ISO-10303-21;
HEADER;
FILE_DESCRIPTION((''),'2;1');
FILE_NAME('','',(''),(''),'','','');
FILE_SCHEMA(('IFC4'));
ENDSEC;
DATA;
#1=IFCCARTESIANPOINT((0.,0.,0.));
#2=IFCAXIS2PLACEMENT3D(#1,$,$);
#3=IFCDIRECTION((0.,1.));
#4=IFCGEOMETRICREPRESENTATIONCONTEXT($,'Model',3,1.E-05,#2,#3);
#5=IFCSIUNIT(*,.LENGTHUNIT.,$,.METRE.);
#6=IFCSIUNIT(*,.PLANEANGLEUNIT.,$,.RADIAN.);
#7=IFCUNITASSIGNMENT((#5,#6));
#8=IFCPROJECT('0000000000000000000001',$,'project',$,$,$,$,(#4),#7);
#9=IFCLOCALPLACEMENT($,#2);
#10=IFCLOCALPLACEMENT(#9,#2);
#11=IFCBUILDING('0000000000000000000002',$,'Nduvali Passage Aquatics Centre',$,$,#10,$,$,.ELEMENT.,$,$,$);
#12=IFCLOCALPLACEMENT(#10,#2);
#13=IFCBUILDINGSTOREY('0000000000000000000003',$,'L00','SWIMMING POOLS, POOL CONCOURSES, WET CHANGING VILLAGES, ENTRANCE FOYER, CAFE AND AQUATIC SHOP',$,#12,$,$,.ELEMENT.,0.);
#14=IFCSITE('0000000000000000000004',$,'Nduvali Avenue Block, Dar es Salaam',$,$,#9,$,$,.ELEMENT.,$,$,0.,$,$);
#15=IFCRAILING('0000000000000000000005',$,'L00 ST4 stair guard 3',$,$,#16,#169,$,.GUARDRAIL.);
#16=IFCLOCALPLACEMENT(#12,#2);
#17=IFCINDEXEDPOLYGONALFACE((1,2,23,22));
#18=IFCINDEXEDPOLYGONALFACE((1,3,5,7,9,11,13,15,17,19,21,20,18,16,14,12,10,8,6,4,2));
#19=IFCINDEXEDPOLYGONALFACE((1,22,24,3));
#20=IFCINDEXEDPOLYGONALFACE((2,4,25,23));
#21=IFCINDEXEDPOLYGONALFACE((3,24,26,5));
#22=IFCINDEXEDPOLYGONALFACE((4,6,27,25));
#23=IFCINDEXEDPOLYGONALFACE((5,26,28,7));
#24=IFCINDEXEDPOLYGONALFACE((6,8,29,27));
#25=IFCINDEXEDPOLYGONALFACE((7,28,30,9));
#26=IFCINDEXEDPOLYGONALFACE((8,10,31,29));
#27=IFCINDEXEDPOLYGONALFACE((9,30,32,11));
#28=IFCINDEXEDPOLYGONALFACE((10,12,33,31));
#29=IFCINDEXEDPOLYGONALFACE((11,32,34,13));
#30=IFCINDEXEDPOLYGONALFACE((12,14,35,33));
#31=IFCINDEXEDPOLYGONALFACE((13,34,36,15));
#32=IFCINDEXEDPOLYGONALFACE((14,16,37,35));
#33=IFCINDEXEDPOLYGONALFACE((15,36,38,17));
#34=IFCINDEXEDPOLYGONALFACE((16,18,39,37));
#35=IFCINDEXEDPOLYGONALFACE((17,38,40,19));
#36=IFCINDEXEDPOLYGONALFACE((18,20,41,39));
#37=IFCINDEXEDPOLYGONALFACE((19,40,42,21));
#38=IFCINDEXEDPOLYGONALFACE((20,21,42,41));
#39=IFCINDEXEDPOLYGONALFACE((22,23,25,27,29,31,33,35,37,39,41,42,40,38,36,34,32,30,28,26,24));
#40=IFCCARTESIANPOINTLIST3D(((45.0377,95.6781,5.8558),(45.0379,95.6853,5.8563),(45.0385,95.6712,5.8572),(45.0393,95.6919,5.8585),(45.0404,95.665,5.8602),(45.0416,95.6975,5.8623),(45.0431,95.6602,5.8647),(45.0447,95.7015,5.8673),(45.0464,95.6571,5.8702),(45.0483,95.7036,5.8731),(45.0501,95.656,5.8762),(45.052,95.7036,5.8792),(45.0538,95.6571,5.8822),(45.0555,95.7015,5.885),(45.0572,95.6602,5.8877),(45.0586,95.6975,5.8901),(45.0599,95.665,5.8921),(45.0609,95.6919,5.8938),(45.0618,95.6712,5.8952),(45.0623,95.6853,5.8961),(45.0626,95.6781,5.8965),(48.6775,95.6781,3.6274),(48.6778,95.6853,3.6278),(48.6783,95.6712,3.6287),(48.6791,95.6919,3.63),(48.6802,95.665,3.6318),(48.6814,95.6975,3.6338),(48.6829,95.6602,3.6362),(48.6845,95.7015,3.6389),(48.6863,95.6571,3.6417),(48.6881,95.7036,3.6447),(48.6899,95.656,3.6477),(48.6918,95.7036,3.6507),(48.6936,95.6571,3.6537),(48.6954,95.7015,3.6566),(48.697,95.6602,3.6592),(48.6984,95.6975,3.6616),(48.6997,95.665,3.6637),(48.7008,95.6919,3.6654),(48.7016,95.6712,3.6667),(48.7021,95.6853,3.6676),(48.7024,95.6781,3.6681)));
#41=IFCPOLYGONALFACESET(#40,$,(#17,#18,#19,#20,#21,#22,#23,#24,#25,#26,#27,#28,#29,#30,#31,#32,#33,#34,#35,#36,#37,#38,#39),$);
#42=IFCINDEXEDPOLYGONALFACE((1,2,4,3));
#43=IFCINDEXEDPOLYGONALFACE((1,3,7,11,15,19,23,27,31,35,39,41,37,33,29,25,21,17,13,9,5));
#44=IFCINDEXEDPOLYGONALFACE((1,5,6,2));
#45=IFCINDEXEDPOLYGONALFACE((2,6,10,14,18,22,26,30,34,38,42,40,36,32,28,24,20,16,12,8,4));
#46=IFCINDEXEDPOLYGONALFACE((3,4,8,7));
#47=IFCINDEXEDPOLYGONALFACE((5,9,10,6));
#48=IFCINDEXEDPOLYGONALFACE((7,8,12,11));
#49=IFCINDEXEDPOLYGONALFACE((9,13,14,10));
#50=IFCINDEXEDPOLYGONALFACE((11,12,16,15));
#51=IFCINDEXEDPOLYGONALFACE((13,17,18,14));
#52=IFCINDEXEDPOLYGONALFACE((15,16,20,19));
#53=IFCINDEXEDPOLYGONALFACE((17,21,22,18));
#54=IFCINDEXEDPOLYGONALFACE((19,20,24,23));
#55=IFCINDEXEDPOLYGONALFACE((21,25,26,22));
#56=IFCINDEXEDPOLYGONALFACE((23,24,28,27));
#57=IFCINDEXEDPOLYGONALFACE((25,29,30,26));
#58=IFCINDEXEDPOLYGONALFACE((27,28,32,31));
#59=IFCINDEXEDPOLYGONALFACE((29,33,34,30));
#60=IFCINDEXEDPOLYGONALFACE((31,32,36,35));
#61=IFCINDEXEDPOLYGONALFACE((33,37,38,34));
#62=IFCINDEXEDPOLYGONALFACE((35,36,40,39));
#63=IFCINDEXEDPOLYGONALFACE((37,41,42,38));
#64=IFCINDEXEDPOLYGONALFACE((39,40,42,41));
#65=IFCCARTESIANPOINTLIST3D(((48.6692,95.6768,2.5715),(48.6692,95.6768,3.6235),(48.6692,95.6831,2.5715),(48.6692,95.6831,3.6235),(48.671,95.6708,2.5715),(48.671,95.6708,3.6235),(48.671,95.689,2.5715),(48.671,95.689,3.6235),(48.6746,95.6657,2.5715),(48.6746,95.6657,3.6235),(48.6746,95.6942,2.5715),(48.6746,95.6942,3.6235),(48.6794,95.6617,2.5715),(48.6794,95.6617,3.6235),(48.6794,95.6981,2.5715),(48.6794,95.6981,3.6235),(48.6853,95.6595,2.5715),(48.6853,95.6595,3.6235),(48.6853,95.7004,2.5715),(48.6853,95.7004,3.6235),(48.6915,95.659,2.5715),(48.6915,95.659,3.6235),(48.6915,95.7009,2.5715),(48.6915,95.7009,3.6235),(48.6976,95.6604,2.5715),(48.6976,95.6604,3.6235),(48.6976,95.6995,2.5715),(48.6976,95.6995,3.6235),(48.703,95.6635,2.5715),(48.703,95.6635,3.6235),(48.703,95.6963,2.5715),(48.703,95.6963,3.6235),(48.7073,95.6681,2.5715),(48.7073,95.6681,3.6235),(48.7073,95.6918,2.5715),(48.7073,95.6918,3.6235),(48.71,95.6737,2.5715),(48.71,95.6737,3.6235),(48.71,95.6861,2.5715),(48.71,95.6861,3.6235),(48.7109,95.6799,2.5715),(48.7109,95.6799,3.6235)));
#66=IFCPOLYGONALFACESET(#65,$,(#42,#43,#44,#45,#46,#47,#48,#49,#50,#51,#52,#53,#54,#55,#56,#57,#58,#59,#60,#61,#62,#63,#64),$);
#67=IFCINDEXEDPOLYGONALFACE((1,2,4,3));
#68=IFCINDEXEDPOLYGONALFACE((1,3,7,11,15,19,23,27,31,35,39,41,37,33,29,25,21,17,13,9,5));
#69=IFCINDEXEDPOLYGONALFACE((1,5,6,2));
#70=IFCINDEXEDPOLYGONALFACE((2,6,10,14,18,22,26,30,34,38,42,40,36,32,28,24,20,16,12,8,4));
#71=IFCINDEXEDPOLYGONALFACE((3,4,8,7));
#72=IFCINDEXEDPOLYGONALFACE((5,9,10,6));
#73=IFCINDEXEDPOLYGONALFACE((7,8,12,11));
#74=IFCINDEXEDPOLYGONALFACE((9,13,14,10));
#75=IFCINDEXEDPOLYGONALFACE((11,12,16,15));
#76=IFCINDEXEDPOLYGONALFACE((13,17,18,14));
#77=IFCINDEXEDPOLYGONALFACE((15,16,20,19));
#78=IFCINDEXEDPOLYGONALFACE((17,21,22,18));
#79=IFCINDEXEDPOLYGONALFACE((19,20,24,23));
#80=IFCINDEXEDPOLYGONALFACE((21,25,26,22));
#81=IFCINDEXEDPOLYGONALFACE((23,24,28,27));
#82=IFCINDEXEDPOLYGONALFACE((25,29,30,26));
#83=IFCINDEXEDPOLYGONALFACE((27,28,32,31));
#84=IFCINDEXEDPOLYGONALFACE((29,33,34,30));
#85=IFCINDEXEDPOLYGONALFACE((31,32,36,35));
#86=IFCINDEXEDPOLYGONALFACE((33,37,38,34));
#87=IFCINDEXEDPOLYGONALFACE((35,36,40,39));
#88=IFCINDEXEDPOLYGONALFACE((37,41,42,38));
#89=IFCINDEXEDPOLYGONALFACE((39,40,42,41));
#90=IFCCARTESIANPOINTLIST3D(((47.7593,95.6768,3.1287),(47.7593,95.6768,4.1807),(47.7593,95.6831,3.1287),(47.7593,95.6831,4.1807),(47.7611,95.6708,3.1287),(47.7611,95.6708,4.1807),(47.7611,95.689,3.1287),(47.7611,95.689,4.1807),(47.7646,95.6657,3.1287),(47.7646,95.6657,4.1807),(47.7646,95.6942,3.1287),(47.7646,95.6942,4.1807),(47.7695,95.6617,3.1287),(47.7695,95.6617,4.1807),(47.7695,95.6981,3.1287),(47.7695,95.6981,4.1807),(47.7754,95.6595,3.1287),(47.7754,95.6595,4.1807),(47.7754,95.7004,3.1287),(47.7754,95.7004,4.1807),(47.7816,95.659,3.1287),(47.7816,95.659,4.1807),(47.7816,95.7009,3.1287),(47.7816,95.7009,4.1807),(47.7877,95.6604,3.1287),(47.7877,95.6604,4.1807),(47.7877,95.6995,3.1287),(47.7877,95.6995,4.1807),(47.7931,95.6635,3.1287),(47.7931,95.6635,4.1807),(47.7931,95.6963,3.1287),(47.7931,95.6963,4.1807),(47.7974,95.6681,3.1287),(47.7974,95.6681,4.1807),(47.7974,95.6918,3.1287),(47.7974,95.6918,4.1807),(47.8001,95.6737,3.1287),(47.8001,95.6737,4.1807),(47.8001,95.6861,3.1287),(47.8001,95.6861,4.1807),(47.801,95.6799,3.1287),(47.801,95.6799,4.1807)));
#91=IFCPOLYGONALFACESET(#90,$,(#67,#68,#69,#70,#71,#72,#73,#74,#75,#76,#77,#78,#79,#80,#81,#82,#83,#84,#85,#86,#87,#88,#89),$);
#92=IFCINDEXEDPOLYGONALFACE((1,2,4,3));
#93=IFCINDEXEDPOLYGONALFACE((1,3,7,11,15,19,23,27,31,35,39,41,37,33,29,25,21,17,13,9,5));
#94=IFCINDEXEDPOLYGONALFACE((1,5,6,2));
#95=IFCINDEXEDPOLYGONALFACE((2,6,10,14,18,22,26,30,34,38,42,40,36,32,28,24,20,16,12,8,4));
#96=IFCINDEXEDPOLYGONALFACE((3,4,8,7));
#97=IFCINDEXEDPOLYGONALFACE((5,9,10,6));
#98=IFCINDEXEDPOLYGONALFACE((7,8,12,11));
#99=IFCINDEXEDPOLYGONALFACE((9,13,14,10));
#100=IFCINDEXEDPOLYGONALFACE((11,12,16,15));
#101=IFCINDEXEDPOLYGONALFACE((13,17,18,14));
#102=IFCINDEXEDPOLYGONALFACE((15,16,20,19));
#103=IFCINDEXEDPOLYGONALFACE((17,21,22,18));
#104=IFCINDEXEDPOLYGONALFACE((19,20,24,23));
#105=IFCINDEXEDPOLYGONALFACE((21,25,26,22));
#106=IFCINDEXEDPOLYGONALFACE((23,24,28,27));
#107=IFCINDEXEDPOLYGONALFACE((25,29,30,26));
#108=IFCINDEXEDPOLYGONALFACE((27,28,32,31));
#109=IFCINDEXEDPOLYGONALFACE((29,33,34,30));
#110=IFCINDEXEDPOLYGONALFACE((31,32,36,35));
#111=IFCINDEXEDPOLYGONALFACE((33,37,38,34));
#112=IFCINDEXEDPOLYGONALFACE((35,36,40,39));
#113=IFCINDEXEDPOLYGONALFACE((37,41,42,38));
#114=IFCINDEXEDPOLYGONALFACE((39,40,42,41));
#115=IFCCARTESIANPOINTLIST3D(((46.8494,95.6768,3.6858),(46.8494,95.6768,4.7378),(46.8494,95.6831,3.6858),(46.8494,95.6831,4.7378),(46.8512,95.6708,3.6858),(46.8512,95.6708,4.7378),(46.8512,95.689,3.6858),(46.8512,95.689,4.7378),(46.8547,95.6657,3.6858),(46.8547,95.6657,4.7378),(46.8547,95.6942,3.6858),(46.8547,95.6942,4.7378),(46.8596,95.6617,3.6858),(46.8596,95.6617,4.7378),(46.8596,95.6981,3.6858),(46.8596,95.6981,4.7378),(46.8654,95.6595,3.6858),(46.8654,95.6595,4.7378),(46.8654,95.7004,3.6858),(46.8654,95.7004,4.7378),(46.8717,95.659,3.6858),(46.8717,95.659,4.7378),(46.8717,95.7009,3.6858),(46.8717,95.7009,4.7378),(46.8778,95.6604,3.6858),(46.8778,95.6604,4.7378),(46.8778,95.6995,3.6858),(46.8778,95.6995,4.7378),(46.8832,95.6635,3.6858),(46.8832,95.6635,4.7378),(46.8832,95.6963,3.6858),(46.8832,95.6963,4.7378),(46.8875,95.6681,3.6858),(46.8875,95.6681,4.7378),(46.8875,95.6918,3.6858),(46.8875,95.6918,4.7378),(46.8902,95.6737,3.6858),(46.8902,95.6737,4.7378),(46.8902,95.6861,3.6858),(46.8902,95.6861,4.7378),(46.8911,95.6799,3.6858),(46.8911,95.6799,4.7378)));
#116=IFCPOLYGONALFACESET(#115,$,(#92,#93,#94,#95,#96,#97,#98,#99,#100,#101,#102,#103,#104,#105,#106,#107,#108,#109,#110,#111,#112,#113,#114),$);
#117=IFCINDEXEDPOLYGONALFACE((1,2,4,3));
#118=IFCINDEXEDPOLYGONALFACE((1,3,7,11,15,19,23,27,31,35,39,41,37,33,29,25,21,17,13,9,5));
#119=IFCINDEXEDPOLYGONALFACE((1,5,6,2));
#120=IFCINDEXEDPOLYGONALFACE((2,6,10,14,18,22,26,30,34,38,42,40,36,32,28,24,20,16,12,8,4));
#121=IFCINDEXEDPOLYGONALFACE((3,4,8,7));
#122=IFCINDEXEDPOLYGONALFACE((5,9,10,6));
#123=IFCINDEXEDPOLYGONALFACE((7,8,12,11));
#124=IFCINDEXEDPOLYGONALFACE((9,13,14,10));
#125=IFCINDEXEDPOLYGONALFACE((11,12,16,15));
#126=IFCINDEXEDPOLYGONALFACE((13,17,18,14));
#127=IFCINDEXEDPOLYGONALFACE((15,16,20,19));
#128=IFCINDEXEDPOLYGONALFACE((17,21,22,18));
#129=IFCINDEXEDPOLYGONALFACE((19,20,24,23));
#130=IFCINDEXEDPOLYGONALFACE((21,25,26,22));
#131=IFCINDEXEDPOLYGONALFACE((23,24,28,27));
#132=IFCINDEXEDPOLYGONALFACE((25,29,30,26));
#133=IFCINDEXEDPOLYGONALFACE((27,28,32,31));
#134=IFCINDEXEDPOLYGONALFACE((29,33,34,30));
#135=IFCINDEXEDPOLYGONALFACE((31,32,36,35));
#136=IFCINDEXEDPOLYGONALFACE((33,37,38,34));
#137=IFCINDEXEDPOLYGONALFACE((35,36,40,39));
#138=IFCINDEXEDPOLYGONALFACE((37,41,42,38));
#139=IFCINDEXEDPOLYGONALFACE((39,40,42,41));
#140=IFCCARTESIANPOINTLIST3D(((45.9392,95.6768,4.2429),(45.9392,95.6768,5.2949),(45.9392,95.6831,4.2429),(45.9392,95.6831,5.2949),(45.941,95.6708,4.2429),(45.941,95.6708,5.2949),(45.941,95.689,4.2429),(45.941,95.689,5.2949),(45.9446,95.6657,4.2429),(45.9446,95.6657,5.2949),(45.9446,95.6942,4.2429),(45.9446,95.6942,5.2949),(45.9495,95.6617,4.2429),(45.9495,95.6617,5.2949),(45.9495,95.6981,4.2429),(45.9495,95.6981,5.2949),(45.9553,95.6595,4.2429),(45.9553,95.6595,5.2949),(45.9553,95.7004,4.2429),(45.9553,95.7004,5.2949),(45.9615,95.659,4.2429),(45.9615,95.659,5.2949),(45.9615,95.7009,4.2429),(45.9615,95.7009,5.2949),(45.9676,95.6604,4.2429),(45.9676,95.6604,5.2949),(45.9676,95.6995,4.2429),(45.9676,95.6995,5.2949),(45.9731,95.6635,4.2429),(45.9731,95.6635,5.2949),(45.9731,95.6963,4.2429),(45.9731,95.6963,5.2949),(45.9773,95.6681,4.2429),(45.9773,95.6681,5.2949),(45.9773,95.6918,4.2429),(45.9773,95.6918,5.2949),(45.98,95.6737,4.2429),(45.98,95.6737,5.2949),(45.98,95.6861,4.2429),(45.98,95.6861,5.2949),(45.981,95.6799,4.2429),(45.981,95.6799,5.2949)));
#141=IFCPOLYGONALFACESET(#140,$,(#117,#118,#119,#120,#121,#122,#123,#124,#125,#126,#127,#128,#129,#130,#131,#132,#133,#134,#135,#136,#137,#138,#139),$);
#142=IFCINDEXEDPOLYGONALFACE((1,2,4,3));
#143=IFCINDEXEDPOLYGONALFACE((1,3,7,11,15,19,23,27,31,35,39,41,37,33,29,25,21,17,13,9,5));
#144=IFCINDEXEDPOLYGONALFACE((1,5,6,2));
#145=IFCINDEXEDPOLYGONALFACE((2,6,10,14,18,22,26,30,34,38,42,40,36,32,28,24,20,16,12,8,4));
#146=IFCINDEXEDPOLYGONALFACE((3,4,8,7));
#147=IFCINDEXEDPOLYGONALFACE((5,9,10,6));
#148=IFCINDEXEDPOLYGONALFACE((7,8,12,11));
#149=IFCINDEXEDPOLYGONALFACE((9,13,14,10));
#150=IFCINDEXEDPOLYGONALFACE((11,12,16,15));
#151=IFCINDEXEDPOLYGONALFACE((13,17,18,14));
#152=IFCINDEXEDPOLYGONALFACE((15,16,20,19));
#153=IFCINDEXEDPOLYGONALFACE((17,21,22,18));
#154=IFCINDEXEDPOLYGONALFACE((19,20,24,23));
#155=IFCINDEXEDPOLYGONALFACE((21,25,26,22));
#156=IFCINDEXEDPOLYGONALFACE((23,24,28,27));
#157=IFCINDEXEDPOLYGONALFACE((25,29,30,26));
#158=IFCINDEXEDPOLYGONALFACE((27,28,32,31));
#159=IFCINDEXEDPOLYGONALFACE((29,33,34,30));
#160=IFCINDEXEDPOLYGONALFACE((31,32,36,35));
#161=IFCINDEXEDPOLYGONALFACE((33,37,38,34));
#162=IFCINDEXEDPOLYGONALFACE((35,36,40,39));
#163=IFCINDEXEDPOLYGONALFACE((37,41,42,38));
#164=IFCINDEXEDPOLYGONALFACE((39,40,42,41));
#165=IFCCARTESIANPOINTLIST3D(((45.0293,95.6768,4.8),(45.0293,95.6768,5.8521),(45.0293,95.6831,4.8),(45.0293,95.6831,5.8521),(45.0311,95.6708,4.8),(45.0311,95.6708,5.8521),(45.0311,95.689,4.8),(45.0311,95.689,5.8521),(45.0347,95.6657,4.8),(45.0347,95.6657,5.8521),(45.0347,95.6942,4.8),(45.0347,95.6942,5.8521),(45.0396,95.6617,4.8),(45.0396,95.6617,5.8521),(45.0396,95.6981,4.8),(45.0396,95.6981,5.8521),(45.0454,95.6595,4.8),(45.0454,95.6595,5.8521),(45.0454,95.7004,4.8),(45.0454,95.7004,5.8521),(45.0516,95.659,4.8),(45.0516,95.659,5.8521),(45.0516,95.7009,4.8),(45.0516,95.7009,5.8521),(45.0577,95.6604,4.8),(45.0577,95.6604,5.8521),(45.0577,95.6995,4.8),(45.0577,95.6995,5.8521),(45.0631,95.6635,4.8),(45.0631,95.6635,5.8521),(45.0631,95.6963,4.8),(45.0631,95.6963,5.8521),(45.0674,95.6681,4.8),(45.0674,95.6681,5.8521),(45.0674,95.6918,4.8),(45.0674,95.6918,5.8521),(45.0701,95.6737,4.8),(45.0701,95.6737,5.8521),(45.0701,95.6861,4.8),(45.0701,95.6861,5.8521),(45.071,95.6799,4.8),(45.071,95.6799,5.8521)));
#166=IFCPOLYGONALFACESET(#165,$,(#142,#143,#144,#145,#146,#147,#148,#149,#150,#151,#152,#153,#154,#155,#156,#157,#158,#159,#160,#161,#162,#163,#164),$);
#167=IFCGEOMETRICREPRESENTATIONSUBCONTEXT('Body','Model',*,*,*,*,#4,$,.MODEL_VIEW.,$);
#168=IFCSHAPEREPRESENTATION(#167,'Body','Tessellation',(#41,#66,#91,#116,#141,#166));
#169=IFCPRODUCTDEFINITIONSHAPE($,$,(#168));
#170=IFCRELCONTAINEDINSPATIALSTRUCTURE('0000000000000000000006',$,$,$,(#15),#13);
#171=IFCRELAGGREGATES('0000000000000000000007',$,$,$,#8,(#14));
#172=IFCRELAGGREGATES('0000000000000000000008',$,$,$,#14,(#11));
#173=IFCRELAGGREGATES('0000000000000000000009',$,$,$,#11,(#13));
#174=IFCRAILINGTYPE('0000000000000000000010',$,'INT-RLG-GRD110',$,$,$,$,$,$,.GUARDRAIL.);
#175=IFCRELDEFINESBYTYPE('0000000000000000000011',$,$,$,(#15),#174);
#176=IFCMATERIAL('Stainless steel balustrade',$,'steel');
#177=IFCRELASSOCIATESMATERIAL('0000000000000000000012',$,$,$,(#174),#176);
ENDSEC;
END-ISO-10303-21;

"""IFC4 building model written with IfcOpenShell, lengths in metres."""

from ifc_helpers import new_model, si_unit, direction, frame, origin, origin_2d, place, context, subcontext, project, spatial, circle, extrude, material, type_object, element, save


model = new_model("IFC4")

# Units and contexts
model_context = context("Model", 3, precision=1e-05, world=origin(), true_north=direction((0.0, 1.0)))
body_context = subcontext(model_context, "Body", "Model", "MODEL_VIEW")
ifc_project = project(units=[si_unit("LENGTHUNIT", "METRE"), si_unit("PLANEANGLEUNIT", "RADIAN")], contexts=[model_context])

# Site, building, storey
site_placement = place(None, origin())
site = spatial("IfcSite", under=ifc_project, at=site_placement, Name="Nduvali Avenue Block, Dar es Salaam", CompositionType="ELEMENT", RefElevation=0.0)
building_placement = place(site_placement, origin())
building = spatial("IfcBuilding", under=site, at=building_placement, Name="Nduvali Passage Aquatics Centre", CompositionType="ELEMENT")
storey_placement = place(building_placement, origin())
storey = spatial("IfcBuildingStorey", under=building, at=storey_placement, Name="L00", Description="SWIMMING POOLS, POOL CONCOURSES, WET CHANGING VILLAGES, ENTRANCE FOYER, CAFE AND AQUATIC SHOP", CompositionType="ELEMENT", Elevation=0.0)

# Railing
ifc_material_1 = material(Name="Stainless steel balustrade", Category="steel")
railing_type_1 = type_object("IfcRailingType", Name="INT-RLG-GRD110", PredefinedType="GUARDRAIL", material=ifc_material_1)
railing_1_placement = place(storey_placement, frame((48.6899, 95.6799, 2.5715)))
element("IfcRailing", 1, at=railing_1_placement, inside=storey, type_object=railing_type_1, Name="L00 ST4 stair guard 3", PredefinedType="GUARDRAIL", context=body_context, shape_type="SweptSolid", body=[
    extrude(circle(Radius=0.0239, at=origin_2d()), frame((0.0, 0.0, 1.0762), z_axis=(-0.85285, 0.0, 0.522156), x_axis=(0.0, -1.0, 0.0)), (0.0, 0.0, 1.0), 4.2678),
    extrude(circle(Radius=0.021, at=origin_2d()), origin(), (0.0, 0.0, 1.0), 1.052),
    extrude(circle(Radius=0.021, at=origin_2d()), frame((-0.9099, 0.0, 0.5571)), (0.0, 0.0, 1.0), 1.052),
    extrude(circle(Radius=0.021, at=origin_2d()), frame((-1.8198, 0.0, 1.1143)), (0.0, 0.0, 1.0), 1.052),
    extrude(circle(Radius=0.021, at=origin_2d()), frame((-2.73, 0.0, 1.6714)), (0.0, 0.0, 1.0), 1.052),
    extrude(circle(Radius=0.021, at=origin_2d()), frame((-3.6399, 0.0, 2.2285)), (0.0, 0.0, 1.0), 1.052),
])

save(model, "model.ifc")
